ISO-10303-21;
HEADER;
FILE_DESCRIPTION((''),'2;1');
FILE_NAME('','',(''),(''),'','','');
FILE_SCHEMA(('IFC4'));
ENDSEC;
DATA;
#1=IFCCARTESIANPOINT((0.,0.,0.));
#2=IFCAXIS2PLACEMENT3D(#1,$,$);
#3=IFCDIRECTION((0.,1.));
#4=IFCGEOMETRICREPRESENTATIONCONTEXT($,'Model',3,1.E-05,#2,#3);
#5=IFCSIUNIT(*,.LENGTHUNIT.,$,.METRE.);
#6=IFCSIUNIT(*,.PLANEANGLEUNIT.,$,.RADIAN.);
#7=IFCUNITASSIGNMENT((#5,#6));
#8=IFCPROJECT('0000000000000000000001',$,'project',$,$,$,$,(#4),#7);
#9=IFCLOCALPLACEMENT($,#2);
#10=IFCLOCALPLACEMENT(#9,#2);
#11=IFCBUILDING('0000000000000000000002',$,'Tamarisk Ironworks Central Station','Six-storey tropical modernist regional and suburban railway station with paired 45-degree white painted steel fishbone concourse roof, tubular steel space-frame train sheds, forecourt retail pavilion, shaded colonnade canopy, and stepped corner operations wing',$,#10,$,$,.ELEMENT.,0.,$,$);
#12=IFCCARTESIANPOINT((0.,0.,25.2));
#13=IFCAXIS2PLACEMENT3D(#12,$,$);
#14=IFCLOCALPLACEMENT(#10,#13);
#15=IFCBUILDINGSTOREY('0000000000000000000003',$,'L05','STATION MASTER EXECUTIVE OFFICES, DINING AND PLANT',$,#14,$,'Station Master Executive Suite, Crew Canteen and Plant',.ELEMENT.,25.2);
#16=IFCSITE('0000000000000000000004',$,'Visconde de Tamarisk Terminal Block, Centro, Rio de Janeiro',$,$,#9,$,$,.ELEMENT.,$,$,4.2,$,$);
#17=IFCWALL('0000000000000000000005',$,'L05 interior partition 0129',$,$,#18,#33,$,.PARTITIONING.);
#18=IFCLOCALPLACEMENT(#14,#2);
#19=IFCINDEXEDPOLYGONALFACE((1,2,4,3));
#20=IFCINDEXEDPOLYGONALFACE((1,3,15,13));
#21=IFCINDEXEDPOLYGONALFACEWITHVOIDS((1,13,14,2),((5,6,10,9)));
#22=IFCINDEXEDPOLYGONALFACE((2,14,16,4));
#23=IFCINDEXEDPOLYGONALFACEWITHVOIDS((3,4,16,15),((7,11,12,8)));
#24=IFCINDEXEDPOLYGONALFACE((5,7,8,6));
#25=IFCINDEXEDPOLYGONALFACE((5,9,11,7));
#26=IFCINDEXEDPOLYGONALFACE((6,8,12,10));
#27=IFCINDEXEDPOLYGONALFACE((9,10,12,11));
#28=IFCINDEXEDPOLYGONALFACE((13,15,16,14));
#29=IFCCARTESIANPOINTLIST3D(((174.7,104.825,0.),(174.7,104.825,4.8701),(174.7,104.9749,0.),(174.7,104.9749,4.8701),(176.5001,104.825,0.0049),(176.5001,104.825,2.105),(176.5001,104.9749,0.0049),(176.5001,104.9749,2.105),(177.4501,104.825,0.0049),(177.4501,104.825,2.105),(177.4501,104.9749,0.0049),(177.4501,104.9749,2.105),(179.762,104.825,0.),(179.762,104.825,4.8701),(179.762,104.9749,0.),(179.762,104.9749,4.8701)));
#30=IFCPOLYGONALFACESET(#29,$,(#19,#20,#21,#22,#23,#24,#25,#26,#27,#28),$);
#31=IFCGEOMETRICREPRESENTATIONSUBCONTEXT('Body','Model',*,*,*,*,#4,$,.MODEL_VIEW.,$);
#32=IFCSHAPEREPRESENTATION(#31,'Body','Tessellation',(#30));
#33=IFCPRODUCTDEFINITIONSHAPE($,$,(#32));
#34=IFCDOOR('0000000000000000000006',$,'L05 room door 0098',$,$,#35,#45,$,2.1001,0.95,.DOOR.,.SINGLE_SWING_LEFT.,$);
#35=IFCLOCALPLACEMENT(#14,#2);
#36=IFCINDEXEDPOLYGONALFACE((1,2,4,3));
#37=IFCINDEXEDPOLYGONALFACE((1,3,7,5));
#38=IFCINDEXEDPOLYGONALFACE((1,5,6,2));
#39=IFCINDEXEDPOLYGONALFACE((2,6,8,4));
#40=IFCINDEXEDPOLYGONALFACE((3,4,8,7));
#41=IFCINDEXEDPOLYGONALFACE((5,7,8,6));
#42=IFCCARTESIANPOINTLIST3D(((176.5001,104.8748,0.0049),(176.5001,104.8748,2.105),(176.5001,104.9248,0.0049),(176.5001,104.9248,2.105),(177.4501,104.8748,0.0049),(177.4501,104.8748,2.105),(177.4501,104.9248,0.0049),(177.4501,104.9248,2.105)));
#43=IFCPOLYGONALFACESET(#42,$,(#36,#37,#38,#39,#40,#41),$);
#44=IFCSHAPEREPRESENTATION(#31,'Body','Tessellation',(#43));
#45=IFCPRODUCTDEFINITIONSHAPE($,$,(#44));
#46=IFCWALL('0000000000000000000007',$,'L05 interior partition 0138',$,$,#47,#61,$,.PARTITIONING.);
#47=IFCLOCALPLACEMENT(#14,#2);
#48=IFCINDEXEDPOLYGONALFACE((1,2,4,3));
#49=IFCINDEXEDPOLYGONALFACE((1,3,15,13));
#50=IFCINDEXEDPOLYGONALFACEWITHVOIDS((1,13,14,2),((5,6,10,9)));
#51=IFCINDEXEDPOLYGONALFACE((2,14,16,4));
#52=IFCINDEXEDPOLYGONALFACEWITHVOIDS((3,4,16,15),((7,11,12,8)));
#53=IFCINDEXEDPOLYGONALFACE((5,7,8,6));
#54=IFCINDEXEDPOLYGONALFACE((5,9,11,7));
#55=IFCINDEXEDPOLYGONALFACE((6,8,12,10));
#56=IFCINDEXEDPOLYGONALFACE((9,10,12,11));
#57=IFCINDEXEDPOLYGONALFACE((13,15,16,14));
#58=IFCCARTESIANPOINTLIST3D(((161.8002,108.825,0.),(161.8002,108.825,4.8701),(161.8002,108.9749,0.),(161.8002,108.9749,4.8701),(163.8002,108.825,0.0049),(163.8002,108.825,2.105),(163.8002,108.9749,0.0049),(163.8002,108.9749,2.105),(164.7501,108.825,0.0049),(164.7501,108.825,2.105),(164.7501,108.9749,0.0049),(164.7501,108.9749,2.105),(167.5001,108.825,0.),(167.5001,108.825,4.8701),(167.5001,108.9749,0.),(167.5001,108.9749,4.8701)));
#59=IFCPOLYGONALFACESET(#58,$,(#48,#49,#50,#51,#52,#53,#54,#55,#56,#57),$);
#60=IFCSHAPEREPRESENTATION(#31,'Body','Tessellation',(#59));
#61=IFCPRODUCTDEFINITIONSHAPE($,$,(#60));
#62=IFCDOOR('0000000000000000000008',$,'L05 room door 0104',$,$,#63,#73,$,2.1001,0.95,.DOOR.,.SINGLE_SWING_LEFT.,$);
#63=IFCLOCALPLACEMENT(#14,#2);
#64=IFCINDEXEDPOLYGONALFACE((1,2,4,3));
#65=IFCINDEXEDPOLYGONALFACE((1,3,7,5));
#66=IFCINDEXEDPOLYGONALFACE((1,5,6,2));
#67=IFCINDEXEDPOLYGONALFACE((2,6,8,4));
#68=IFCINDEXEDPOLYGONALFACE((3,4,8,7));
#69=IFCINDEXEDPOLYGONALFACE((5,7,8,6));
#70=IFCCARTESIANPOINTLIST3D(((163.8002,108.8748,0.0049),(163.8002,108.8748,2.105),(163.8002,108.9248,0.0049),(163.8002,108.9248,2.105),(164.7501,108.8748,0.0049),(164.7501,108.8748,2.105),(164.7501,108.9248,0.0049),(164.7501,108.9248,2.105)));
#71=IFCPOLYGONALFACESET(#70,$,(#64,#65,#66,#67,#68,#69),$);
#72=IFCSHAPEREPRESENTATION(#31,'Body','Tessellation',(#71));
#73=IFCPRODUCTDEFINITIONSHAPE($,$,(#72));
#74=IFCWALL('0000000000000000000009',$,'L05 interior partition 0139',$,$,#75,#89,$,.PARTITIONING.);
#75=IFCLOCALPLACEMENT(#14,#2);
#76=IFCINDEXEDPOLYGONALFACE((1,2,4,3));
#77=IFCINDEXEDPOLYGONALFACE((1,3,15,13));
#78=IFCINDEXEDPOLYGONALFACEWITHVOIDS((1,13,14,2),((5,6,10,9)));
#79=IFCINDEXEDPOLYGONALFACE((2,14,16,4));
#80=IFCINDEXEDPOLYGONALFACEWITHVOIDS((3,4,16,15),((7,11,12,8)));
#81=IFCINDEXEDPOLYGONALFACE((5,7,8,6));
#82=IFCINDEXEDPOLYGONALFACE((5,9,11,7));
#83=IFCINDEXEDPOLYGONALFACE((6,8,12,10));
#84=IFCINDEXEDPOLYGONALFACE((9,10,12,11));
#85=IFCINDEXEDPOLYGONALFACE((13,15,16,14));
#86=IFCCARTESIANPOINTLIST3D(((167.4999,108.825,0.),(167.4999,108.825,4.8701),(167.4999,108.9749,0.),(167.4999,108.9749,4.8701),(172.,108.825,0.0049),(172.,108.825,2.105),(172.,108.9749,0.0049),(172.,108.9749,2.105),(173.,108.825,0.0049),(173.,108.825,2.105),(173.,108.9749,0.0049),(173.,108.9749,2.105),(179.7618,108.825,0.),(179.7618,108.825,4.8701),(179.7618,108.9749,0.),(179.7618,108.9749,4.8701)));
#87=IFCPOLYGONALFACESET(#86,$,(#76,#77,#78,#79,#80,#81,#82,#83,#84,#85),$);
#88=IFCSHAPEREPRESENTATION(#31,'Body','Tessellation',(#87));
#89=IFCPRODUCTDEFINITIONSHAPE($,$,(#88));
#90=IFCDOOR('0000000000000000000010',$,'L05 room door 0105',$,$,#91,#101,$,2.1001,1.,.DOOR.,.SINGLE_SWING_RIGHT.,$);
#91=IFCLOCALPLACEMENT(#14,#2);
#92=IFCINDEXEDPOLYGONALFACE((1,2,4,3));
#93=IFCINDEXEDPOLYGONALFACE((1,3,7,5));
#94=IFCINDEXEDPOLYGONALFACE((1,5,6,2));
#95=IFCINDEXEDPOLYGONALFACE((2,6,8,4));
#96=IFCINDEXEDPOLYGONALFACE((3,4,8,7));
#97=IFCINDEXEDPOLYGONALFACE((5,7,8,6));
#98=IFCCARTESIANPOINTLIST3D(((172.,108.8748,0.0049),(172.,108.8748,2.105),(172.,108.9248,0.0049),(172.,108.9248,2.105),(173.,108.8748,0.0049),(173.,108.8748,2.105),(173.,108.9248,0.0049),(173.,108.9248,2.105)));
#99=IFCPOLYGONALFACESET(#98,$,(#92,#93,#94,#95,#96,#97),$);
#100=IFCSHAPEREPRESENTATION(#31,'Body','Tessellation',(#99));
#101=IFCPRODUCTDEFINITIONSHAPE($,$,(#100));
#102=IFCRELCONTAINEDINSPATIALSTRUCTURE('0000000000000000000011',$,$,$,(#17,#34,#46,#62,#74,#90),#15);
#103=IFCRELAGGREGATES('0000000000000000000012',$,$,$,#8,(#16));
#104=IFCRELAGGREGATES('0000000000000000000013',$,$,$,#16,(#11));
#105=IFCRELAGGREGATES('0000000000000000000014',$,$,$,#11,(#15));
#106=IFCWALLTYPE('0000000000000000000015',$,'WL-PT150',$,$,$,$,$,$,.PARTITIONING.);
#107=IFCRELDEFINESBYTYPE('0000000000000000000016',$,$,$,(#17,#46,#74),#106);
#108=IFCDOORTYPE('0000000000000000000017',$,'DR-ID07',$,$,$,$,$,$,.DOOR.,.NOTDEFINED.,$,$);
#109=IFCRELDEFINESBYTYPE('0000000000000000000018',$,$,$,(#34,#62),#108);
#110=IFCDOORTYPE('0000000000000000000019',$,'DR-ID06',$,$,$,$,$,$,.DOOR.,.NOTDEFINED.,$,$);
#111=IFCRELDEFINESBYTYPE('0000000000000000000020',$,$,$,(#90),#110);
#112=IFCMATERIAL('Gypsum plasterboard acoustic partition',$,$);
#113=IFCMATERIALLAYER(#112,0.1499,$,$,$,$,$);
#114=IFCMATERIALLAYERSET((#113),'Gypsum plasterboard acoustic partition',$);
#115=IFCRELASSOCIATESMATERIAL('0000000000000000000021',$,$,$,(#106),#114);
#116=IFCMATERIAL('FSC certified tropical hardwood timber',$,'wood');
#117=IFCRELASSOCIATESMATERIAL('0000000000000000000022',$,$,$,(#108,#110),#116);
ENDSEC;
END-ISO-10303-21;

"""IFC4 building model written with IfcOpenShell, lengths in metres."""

from ifc_helpers import new_model, si_unit, direction, frame, frame_2d, origin, place, context, subcontext, project, spatial, rectangle, extrude, material, layer, layer_set, type_object, element, fill, save


model = new_model("IFC4")

# Units and contexts
model_context = context("Model", 3, precision=1e-05, world=origin(), true_north=direction((0.0, 1.0)))
body_context = subcontext(model_context, "Body", "Model", "MODEL_VIEW")
ifc_project = project(units=[si_unit("LENGTHUNIT", "METRE"), si_unit("PLANEANGLEUNIT", "RADIAN")], contexts=[model_context])

# Site, building, storey
site_placement = place(None, origin())
site = spatial("IfcSite", under=ifc_project, at=site_placement, Name="Visconde de Tamarisk Terminal Block, Centro, Rio de Janeiro", CompositionType="ELEMENT", RefElevation=4.2)
building_placement = place(site_placement, origin())
building = spatial("IfcBuilding", under=site, at=building_placement, Name="Tamarisk Ironworks Central Station", Description="Six-storey tropical modernist regional and suburban railway station with paired 45-degree white painted steel fishbone concourse roof, tubular steel space-frame train sheds, forecourt retail pavilion, shaded colonnade canopy, and stepped corner operations wing", CompositionType="ELEMENT", ElevationOfRefHeight=0.0)
storey_placement = place(building_placement, frame((0.0, 0.0, 25.2)))
storey = spatial("IfcBuildingStorey", under=building, at=storey_placement, Name="L05", Description="STATION MASTER EXECUTIVE OFFICES, DINING AND PLANT", LongName="Station Master Executive Suite, Crew Canteen and Plant", CompositionType="ELEMENT", Elevation=25.2)

# Shared definitions
ifc_material_1 = material(Name="Gypsum plasterboard acoustic partition")
ifc_material_2 = material(Name="FSC certified tropical hardwood timber", Category="wood")

# Walls, openings, doors
ifc_layer_1 = layer(ifc_material_1, 0.1499)
ifc_layer_set_1 = layer_set([ifc_layer_1], Name="Gypsum plasterboard acoustic partition")
wall_type_1 = type_object("IfcWallType", Name="WL-PT150", PredefinedType="PARTITIONING", material=ifc_layer_set_1)
wall_1_placement = place(storey_placement, frame((174.7, 104.8999, 0.0), z_axis=(0.0, 0.0, 1.0), x_axis=(1.0, 0.0, 0.0)))
wall_1 = element("IfcWall", 1, at=wall_1_placement, inside=storey, type_object=wall_type_1, Name="L05 interior partition 0129", PredefinedType="PARTITIONING", context=body_context, shape_type="SweptSolid", body=[
    extrude(rectangle(XDim=5.062, YDim=0.1499, at=frame_2d((2.531, 0.0))), origin(), (0.0, 0.0, 1.0), 4.8701),
])
opening_1_placement = place(wall_1_placement, frame((1.8, 0.0, 0.0049)))
opening_1 = element("IfcOpeningElement", 2, at=opening_1_placement, cuts=wall_1, PredefinedType="OPENING", context=body_context, shape_type="SweptSolid", body=[
    extrude(rectangle(XDim=0.95, YDim=2.1001, at=frame_2d((0.4751, 1.05))), frame((0.0, 0.0869, 0.0), z_axis=(0.0, -1.0, 0.0), x_axis=(1.0, 0.0, 0.0)), (0.0, 0.0, 1.0), 0.1738),
])
door_type_1 = type_object("IfcDoorType", Name="DR-ID07", OperationType="NOTDEFINED", PredefinedType="DOOR", material=ifc_material_2)
door_1_placement = place(opening_1_placement, origin())
door_1 = element("IfcDoor", 3, at=door_1_placement, inside=storey, type_object=door_type_1, Name="L05 room door 0098", OperationType="SINGLE_SWING_LEFT", OverallHeight=2.1001, OverallWidth=0.95, PredefinedType="DOOR", context=body_context, shape_type="SweptSolid", body=[
    extrude(rectangle(XDim=0.95, YDim=2.1001, at=frame_2d((0.4751, 1.05))), frame((0.0, 0.0249, 0.0), z_axis=(0.0, -1.0, 0.0), x_axis=(1.0, 0.0, 0.0)), (0.0, 0.0, 1.0), 0.05),
])
fill(opening_1, door_1)
wall_2_placement = place(storey_placement, frame((161.8, 108.8999, 0.0), z_axis=(0.0, 0.0, 1.0), x_axis=(1.0, 0.0, 0.0)))
wall_2 = element("IfcWall", 4, at=wall_2_placement, inside=storey, type_object=wall_type_1, Name="L05 interior partition 0138", PredefinedType="PARTITIONING", context=body_context, shape_type="SweptSolid", body=[
    extrude(rectangle(XDim=5.7, YDim=0.1499, at=frame_2d((2.8501, 0.0))), origin(), (0.0, 0.0, 1.0), 4.8701),
])
opening_2_placement = place(wall_2_placement, frame((2.0, 0.0, 0.0049)))
opening_2 = element("IfcOpeningElement", 5, at=opening_2_placement, cuts=wall_2, PredefinedType="OPENING", context=body_context, shape_type="SweptSolid", body=[
    extrude(rectangle(XDim=0.95, YDim=2.1001, at=frame_2d((0.4751, 1.05))), frame((0.0, 0.0869, 0.0), z_axis=(0.0, -1.0, 0.0), x_axis=(1.0, 0.0, 0.0)), (0.0, 0.0, 1.0), 0.1738),
])
door_2_placement = place(opening_2_placement, origin())
door_2 = element("IfcDoor", 6, at=door_2_placement, inside=storey, type_object=door_type_1, Name="L05 room door 0104", OperationType="SINGLE_SWING_LEFT", OverallHeight=2.1001, OverallWidth=0.95, PredefinedType="DOOR", context=body_context, shape_type="SweptSolid", body=[
    extrude(rectangle(XDim=0.95, YDim=2.1001, at=frame_2d((0.4751, 1.05))), frame((0.0, 0.0249, 0.0), z_axis=(0.0, -1.0, 0.0), x_axis=(1.0, 0.0, 0.0)), (0.0, 0.0, 1.0), 0.05),
])
fill(opening_2, door_2)
wall_3_placement = place(storey_placement, frame((167.5, 108.8999, 0.0), z_axis=(0.0, 0.0, 1.0), x_axis=(1.0, 0.0, 0.0)))
wall_3 = element("IfcWall", 7, at=wall_3_placement, inside=storey, type_object=wall_type_1, Name="L05 interior partition 0139", PredefinedType="PARTITIONING", context=body_context, shape_type="SweptSolid", body=[
    extrude(rectangle(XDim=12.262, YDim=0.1499, at=frame_2d((6.1309, 0.0))), origin(), (0.0, 0.0, 1.0), 4.8701),
])
opening_3_placement = place(wall_3_placement, frame((4.5, 0.0, 0.0049)))
opening_3 = element("IfcOpeningElement", 8, at=opening_3_placement, cuts=wall_3, PredefinedType="OPENING", context=body_context, shape_type="SweptSolid", body=[
    extrude(rectangle(XDim=1.0, YDim=2.1001, at=frame_2d((0.5, 1.05))), frame((0.0, 0.0869, 0.0), z_axis=(0.0, -1.0, 0.0), x_axis=(1.0, 0.0, 0.0)), (0.0, 0.0, 1.0), 0.1738),
])
door_type_2 = type_object("IfcDoorType", Name="DR-ID06", OperationType="NOTDEFINED", PredefinedType="DOOR", material=ifc_material_2)
door_3_placement = place(opening_3_placement, origin())
door_3 = element("IfcDoor", 9, at=door_3_placement, inside=storey, type_object=door_type_2, Name="L05 room door 0105", OperationType="SINGLE_SWING_RIGHT", OverallHeight=2.1001, OverallWidth=1.0, PredefinedType="DOOR", context=body_context, shape_type="SweptSolid", body=[
    extrude(rectangle(XDim=1.0, YDim=2.1001, at=frame_2d((0.5, 1.05))), frame((0.0, 0.0249, 0.0), z_axis=(0.0, -1.0, 0.0), x_axis=(1.0, 0.0, 0.0)), (0.0, 0.0, 1.0), 0.05),
])
fill(opening_3, door_3)

save(model, "model.ifc")
